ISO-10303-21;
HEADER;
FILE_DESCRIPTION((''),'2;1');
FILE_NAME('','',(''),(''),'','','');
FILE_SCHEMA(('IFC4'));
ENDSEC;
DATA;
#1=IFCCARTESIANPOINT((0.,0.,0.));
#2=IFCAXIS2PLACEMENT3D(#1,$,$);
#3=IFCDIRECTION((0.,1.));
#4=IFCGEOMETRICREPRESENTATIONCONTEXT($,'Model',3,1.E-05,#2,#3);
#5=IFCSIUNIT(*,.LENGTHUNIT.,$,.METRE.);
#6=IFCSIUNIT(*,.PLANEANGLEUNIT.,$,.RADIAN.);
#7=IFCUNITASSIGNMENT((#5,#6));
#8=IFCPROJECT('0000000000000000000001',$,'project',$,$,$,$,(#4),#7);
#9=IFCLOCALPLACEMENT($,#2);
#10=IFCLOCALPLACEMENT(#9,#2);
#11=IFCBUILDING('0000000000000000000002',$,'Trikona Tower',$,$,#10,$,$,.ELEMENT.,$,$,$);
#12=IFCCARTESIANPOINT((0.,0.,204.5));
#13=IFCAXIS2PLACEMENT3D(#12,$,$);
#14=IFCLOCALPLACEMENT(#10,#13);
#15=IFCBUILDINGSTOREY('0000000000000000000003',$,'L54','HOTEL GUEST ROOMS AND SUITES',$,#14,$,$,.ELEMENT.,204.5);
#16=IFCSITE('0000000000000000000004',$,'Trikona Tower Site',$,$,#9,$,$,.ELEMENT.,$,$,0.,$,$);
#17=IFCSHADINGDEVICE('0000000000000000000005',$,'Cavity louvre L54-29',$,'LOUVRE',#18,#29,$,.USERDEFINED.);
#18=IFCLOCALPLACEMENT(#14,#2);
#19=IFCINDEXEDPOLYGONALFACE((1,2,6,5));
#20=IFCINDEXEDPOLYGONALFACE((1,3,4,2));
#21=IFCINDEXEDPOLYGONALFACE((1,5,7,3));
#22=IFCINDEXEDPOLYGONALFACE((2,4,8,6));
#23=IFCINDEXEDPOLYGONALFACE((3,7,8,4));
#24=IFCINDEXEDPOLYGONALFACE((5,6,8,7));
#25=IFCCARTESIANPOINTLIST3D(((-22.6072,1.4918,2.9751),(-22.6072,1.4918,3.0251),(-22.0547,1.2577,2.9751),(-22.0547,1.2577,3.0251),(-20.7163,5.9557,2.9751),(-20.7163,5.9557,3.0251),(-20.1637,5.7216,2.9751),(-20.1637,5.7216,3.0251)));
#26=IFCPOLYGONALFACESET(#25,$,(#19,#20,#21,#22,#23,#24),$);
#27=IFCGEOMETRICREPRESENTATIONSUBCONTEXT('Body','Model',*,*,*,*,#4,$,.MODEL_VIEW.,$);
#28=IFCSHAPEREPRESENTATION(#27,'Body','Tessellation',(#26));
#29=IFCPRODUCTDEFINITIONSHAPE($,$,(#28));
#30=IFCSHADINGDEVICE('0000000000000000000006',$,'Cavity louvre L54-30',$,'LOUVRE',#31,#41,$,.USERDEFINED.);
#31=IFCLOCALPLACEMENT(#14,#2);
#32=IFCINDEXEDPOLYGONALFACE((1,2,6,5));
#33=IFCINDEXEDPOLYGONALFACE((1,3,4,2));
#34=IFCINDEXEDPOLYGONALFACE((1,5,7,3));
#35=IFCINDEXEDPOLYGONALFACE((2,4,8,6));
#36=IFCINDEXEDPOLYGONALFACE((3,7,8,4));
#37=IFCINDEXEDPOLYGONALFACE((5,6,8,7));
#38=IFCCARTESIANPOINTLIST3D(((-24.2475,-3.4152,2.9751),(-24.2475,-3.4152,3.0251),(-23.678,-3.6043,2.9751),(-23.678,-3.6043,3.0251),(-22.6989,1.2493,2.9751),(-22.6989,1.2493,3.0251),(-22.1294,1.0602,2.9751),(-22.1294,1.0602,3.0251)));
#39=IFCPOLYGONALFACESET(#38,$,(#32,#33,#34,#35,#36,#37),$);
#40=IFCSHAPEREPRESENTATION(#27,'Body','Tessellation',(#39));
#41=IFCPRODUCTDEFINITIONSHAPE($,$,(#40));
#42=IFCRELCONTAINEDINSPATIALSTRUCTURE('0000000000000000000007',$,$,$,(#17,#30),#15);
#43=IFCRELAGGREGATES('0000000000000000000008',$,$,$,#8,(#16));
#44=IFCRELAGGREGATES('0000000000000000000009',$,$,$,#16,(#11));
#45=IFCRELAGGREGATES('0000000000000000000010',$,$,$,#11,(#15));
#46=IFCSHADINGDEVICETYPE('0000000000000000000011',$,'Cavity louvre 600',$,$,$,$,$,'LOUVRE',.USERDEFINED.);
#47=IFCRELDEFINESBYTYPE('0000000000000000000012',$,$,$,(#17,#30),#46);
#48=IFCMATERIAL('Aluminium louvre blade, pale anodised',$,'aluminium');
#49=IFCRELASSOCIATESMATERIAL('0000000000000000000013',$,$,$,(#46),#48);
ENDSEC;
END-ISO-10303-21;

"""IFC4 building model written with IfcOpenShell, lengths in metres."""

from ifc_helpers import new_model, si_unit, direction, frame, origin, origin_2d, place, context, subcontext, project, spatial, rectangle, extrude, material, type_object, element, save


model = new_model("IFC4")

# Units and contexts
model_context = context("Model", 3, precision=1e-05, world=origin(), true_north=direction((0.0, 1.0)))
body_context = subcontext(model_context, "Body", "Model", "MODEL_VIEW")
ifc_project = project(units=[si_unit("LENGTHUNIT", "METRE"), si_unit("PLANEANGLEUNIT", "RADIAN")], contexts=[model_context])

# Site, building, storey
site_placement = place(None, origin())
site = spatial("IfcSite", under=ifc_project, at=site_placement, Name="Trikona Tower Site", CompositionType="ELEMENT", RefElevation=0.0)
building_placement = place(site_placement, origin())
building = spatial("IfcBuilding", under=site, at=building_placement, Name="Trikona Tower", CompositionType="ELEMENT")
storey_placement = place(building_placement, frame((0.0, 0.0, 204.5)))
storey = spatial("IfcBuildingStorey", under=building, at=storey_placement, Name="L54", Description="HOTEL GUEST ROOMS AND SUITES", CompositionType="ELEMENT", Elevation=204.5)

# Shading devices
ifc_material_1 = material(Name="Aluminium louvre blade, pale anodised", Category="aluminium")
shading_device_type = type_object("IfcShadingDeviceType", Name="Cavity louvre 600", ElementType="LOUVRE", PredefinedType="USERDEFINED", material=ifc_material_1)
shading_device_1_placement = place(storey_placement, frame((-21.3855, 3.6067, 2.9751), z_axis=(0.0, 0.0, 1.0), x_axis=(-0.390051, -0.920793, 0.0)))
element("IfcShadingDevice", 1, at=shading_device_1_placement, inside=storey, type_object=shading_device_type, Name="Cavity louvre L54-29", ObjectType="LOUVRE", PredefinedType="USERDEFINED", context=body_context, shape_type="SweptSolid", body=[
    extrude(rectangle(XDim=4.8479, YDim=0.6001, at=origin_2d()), origin(), (0.0, 0.0, 1.0), 0.05),
])
shading_device_2_placement = place(storey_placement, frame((-23.1885, -1.1775, 2.9751), z_axis=(0.0, 0.0, 1.0), x_axis=(-0.315093, -0.949061, 0.0)))
element("IfcShadingDevice", 2, at=shading_device_2_placement, inside=storey, type_object=shading_device_type, Name="Cavity louvre L54-30", ObjectType="LOUVRE", PredefinedType="USERDEFINED", context=body_context, shape_type="SweptSolid", body=[
    extrude(rectangle(XDim=4.9148, YDim=0.6001, at=origin_2d()), origin(), (0.0, 0.0, 1.0), 0.05),
])

save(model, "model.ifc")
